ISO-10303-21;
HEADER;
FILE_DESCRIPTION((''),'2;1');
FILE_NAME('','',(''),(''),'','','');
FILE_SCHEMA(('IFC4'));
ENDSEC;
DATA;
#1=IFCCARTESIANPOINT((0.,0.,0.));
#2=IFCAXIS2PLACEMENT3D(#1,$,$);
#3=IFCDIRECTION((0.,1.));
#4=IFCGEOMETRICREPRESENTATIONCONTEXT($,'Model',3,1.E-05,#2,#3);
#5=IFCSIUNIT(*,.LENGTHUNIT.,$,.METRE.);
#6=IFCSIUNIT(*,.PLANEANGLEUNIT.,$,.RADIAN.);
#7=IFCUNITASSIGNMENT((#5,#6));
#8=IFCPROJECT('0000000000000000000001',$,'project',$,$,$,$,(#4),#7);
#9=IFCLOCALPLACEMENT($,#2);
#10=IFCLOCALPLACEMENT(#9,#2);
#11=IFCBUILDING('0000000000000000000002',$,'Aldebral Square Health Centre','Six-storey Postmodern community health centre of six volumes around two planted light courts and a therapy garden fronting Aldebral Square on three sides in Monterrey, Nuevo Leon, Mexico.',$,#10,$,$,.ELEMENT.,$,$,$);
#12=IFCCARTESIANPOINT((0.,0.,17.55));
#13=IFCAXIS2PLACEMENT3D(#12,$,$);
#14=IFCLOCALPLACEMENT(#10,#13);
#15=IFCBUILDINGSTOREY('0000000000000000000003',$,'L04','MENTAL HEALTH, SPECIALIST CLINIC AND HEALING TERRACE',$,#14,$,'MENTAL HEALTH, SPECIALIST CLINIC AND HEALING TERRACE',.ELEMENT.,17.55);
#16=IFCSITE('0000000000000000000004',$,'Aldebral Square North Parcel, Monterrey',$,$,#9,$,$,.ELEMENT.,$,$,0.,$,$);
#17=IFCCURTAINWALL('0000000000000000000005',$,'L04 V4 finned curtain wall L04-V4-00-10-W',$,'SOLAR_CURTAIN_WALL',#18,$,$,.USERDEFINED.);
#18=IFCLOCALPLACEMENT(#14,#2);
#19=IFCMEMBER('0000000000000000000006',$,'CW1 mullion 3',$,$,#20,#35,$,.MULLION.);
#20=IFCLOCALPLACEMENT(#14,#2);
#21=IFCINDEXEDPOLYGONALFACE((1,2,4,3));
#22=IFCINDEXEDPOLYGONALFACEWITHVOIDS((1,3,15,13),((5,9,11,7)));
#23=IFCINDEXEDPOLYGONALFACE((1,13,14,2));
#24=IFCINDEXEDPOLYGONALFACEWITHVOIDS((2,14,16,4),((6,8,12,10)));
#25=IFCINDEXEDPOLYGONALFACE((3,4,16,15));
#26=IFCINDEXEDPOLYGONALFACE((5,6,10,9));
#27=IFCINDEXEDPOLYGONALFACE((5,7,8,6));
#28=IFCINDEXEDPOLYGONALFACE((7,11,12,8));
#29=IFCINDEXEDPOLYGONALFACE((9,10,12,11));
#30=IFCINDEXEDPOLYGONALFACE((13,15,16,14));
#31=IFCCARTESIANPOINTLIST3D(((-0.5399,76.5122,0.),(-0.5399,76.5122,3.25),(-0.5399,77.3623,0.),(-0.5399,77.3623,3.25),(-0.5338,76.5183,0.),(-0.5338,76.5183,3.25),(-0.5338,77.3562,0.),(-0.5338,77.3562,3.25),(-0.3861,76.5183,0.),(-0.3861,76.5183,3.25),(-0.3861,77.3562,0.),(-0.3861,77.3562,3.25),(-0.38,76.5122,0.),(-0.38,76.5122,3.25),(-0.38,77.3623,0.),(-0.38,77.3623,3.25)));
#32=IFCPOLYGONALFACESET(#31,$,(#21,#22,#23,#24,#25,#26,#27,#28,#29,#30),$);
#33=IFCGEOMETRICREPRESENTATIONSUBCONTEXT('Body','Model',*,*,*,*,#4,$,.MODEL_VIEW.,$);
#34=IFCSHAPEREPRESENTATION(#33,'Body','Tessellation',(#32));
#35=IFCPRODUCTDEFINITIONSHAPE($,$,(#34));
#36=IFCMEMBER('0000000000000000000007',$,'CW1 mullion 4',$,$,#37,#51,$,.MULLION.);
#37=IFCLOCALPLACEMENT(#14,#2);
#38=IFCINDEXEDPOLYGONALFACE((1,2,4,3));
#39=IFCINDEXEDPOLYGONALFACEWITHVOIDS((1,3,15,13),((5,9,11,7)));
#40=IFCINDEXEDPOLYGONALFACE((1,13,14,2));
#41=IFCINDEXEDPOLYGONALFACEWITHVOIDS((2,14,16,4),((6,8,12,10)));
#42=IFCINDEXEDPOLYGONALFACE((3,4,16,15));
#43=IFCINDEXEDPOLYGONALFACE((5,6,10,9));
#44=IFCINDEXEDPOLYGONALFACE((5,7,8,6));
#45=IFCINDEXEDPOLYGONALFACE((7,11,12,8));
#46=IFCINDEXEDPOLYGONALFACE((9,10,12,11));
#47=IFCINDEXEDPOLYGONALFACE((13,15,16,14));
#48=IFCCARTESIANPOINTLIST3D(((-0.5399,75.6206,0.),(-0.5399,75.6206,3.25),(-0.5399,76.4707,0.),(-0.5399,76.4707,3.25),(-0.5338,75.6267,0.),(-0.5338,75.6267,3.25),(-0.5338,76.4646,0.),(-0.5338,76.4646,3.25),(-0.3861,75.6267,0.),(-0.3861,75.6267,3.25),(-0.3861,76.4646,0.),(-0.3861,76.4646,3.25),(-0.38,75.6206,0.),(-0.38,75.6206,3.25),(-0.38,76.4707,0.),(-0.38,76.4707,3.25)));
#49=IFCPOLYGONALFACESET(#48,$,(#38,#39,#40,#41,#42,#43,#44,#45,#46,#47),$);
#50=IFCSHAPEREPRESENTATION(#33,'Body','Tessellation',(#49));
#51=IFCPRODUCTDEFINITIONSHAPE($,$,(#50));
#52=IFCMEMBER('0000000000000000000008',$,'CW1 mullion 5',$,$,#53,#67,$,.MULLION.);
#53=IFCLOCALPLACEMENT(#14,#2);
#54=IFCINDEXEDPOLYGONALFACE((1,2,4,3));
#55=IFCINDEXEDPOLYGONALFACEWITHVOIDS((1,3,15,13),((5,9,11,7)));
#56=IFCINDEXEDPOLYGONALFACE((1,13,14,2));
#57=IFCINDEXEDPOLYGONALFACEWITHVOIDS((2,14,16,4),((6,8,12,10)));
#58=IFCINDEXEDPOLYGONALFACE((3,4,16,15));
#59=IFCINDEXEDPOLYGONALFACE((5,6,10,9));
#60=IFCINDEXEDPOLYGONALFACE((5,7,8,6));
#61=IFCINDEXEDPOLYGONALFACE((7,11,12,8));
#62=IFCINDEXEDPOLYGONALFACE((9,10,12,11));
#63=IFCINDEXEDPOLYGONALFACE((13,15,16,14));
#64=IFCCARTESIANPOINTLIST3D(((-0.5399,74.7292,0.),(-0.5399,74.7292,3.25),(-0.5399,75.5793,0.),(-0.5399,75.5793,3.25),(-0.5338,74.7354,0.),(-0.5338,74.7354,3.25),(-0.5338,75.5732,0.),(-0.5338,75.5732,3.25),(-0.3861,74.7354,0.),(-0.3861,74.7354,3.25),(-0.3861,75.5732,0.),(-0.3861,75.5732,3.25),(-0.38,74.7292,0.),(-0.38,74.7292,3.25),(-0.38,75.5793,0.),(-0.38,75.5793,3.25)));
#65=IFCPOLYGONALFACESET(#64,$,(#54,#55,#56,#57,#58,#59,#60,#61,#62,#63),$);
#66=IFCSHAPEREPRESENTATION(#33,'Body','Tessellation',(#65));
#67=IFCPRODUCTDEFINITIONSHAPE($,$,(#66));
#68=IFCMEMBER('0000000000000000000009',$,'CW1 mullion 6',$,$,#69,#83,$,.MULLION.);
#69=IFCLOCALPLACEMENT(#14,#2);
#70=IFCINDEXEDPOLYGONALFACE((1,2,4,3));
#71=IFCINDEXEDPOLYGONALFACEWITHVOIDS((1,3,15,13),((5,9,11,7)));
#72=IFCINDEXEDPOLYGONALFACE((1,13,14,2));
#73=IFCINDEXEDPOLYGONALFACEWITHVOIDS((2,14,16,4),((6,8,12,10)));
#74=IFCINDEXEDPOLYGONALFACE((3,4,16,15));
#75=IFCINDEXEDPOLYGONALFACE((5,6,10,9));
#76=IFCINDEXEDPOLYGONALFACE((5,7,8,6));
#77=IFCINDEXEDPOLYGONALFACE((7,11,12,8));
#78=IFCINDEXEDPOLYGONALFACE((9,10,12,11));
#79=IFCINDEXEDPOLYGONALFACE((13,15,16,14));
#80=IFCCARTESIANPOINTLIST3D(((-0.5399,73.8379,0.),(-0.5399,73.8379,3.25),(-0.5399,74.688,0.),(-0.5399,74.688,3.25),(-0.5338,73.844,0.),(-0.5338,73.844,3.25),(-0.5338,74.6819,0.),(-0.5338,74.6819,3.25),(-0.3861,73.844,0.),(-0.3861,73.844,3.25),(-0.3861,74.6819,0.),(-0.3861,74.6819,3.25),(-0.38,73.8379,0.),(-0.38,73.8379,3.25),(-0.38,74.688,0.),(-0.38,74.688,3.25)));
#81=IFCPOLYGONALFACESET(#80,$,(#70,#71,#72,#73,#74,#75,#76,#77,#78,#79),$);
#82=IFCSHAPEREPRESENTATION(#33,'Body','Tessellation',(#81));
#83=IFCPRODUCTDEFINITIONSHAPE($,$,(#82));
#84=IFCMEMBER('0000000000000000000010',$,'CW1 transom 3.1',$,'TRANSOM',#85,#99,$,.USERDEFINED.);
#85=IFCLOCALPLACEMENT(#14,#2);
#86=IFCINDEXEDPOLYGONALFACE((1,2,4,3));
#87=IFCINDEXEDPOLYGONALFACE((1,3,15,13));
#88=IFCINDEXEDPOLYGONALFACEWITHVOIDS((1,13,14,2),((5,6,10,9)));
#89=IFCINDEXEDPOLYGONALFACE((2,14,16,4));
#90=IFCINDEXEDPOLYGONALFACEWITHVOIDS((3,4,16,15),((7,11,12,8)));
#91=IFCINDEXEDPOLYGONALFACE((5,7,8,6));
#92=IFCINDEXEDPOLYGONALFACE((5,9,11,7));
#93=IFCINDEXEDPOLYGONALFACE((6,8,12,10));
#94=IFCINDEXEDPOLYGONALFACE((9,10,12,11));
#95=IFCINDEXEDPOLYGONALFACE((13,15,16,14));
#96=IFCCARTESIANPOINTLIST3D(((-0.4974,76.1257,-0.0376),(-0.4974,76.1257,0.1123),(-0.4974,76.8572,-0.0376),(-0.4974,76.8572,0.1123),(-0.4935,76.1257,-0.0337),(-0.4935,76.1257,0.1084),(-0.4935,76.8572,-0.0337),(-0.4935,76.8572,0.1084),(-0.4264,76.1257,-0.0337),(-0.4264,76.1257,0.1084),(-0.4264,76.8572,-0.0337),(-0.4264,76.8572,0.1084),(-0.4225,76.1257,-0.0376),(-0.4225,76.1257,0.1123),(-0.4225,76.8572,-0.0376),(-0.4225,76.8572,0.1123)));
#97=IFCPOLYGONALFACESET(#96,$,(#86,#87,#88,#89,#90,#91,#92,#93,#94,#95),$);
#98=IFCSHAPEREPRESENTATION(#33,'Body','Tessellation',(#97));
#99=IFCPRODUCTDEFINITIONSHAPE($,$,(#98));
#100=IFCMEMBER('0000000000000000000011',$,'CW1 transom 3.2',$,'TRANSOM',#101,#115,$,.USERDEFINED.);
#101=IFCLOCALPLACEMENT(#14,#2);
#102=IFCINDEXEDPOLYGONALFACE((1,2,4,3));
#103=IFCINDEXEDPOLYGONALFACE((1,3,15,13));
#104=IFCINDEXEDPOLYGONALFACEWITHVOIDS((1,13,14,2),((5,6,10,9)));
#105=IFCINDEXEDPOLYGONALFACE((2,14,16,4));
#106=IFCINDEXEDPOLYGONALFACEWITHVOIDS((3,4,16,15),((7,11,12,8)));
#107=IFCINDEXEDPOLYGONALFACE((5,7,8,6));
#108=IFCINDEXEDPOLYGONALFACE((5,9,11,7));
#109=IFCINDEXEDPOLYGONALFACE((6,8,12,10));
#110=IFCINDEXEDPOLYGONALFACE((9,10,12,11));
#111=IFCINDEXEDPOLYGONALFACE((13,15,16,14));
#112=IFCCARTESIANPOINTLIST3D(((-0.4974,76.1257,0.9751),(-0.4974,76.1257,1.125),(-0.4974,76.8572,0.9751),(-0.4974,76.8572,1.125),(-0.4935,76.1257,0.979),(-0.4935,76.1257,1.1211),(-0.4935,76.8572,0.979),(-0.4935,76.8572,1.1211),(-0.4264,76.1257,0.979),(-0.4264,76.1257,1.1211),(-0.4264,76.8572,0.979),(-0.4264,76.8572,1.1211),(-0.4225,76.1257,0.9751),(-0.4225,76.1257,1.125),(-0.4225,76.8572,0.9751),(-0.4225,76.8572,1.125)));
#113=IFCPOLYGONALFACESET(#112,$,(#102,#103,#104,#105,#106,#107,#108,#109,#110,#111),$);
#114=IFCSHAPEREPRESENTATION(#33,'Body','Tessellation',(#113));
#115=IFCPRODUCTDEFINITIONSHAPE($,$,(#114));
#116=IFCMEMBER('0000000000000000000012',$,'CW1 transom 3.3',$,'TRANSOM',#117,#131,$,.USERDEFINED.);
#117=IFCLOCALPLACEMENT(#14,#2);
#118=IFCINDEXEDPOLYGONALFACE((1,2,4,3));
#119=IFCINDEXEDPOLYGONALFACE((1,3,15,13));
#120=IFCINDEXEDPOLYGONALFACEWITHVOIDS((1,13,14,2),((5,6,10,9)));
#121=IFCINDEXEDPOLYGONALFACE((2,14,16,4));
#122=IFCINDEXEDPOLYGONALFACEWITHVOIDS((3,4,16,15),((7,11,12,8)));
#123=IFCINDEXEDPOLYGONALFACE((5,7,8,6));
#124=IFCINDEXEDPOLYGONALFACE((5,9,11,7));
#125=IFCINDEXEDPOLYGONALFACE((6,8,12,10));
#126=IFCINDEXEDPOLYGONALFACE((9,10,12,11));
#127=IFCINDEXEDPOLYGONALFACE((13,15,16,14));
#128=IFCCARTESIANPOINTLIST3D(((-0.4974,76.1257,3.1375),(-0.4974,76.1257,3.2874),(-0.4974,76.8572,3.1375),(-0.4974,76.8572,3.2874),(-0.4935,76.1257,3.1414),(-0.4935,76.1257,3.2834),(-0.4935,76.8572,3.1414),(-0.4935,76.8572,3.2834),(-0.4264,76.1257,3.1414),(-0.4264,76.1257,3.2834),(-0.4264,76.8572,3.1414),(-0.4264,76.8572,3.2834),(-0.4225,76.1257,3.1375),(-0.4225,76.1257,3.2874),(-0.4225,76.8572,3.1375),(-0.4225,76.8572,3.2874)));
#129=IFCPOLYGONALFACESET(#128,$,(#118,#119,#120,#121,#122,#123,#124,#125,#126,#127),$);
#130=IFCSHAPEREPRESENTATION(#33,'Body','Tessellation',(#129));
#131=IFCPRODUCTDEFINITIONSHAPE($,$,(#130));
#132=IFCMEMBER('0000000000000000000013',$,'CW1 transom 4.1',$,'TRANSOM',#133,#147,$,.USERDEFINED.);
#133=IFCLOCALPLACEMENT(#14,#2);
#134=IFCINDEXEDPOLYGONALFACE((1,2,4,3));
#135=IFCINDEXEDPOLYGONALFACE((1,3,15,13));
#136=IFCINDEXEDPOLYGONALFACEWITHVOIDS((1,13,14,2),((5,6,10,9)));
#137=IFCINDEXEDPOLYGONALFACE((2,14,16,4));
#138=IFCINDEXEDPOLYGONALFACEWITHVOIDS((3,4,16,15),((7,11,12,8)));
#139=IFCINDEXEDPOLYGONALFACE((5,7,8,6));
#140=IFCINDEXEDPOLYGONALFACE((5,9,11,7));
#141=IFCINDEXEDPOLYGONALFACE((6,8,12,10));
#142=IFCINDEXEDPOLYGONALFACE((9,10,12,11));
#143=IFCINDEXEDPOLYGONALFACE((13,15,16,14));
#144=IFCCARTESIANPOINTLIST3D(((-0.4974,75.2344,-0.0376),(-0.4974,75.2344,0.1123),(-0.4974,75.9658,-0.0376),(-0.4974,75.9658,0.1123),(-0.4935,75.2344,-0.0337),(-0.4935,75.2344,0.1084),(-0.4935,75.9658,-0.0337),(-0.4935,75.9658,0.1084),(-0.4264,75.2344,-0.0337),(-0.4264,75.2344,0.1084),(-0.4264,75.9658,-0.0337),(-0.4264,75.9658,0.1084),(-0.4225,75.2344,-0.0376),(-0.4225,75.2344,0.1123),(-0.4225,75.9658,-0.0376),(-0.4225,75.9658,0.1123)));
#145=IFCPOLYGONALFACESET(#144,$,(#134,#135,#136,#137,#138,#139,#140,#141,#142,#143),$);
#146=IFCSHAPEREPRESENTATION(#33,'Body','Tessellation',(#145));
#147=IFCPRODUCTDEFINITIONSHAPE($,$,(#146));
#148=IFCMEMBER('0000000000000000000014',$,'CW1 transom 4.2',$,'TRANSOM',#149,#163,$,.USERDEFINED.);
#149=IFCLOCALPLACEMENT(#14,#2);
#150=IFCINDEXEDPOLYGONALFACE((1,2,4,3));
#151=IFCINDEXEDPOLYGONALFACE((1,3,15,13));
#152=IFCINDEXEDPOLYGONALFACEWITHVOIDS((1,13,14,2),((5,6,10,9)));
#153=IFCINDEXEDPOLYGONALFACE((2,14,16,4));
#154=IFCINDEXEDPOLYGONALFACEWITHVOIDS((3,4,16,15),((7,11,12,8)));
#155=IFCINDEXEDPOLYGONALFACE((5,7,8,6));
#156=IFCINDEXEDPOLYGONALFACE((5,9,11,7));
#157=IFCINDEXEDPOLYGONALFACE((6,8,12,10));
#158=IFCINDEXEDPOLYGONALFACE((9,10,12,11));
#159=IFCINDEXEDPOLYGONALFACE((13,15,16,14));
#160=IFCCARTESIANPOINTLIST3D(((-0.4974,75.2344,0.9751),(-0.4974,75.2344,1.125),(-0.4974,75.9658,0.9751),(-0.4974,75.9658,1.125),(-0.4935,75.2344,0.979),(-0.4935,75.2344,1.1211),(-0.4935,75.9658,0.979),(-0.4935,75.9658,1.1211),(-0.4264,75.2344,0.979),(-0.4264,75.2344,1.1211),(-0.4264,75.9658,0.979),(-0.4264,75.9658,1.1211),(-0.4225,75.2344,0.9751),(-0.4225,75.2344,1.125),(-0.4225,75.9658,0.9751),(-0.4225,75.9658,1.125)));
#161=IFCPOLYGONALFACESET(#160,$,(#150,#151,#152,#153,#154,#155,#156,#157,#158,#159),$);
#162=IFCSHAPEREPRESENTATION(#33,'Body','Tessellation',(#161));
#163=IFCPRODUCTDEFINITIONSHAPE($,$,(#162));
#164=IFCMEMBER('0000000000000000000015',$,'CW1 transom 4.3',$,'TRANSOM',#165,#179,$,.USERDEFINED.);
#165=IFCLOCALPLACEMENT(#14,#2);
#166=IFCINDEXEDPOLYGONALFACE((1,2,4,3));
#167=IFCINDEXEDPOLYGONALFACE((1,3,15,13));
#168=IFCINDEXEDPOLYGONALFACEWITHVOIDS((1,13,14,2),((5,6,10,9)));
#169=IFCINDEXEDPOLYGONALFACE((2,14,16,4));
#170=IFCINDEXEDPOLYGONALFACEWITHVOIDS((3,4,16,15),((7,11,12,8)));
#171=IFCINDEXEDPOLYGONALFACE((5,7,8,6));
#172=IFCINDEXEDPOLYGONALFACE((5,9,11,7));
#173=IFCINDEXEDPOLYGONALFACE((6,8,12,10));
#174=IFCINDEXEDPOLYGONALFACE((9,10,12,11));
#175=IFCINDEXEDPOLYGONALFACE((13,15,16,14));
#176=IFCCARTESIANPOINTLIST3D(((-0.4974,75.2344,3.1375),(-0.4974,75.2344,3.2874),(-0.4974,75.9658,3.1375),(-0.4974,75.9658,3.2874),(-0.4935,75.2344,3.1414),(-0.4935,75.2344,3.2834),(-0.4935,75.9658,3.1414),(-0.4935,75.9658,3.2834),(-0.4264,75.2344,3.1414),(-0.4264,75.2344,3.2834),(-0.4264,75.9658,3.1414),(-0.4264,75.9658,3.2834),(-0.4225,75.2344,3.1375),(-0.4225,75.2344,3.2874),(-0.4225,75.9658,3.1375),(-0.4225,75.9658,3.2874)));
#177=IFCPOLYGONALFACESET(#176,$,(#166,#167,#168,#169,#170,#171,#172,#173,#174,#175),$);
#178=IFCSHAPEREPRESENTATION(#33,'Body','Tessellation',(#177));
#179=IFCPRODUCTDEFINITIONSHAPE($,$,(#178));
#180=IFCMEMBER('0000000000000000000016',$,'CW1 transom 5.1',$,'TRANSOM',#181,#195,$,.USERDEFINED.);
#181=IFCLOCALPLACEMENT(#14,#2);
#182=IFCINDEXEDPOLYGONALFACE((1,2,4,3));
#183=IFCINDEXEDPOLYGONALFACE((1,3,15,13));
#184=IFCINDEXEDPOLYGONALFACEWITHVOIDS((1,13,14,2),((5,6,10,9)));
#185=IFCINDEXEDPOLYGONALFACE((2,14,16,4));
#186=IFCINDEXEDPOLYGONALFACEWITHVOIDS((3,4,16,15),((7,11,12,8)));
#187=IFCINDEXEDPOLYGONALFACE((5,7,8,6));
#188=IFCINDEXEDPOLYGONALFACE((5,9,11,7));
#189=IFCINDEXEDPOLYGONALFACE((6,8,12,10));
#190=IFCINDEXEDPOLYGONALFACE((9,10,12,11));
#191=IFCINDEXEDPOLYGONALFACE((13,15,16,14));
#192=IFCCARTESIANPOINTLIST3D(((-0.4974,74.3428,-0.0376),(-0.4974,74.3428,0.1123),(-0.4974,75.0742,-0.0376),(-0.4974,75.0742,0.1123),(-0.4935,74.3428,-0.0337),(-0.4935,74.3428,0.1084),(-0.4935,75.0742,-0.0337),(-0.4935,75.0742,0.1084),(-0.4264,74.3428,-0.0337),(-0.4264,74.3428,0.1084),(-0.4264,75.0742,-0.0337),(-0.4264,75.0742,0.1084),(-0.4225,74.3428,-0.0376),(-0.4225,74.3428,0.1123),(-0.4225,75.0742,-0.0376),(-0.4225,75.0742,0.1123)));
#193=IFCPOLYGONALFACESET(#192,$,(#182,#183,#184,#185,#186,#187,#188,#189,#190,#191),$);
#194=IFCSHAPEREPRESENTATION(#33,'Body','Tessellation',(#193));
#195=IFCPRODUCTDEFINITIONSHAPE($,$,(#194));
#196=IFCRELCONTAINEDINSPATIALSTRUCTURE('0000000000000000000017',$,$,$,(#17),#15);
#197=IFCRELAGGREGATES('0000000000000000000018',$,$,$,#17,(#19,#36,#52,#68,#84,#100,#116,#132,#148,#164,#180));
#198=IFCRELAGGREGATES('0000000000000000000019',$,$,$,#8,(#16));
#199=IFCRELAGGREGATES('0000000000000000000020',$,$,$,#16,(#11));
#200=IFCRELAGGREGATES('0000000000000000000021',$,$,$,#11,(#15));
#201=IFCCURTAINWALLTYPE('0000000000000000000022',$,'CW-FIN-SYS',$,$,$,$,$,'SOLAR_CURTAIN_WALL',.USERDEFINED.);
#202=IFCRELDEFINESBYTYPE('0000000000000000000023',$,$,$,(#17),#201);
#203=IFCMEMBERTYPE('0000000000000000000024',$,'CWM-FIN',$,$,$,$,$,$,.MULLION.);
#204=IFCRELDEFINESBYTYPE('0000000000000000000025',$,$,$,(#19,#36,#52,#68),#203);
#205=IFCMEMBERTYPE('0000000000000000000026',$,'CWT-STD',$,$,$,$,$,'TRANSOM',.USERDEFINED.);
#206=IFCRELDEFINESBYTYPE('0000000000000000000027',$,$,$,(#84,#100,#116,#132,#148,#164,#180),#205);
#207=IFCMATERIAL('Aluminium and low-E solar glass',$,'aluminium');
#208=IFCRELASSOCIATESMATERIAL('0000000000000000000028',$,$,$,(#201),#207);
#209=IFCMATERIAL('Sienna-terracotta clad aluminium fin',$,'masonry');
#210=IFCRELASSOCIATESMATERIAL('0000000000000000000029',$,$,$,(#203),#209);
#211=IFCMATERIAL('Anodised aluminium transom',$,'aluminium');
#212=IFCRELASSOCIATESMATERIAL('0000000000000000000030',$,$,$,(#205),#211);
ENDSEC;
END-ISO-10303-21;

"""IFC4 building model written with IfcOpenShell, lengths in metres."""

from ifc_helpers import new_model, si_unit, direction, frame, origin, origin_2d, place, context, subcontext, project, spatial, hollow_rectangle, extrude, material, material_profile, profile_set, type_object, element, aggregate, save


model = new_model("IFC4")

# Units and contexts
model_context = context("Model", 3, precision=1e-05, world=origin(), true_north=direction((0.0, 1.0)))
body_context = subcontext(model_context, "Body", "Model", "MODEL_VIEW")
ifc_project = project(units=[si_unit("LENGTHUNIT", "METRE"), si_unit("PLANEANGLEUNIT", "RADIAN")], contexts=[model_context])

# Site, building, storey
site_placement = place(None, origin())
site = spatial("IfcSite", under=ifc_project, at=site_placement, Name="Aldebral Square North Parcel, Monterrey", CompositionType="ELEMENT", RefElevation=0.0)
building_placement = place(site_placement, origin())
building = spatial("IfcBuilding", under=site, at=building_placement, Name="Aldebral Square Health Centre", Description="Six-storey Postmodern community health centre of six volumes around two planted light courts and a therapy garden fronting Aldebral Square on three sides in Monterrey, Nuevo Leon, Mexico.", CompositionType="ELEMENT")
storey_placement = place(building_placement, frame((0.0, 0.0, 17.55)))
storey = spatial("IfcBuildingStorey", under=building, at=storey_placement, Name="L04", Description="MENTAL HEALTH, SPECIALIST CLINIC AND HEALING TERRACE", LongName="MENTAL HEALTH, SPECIALIST CLINIC AND HEALING TERRACE", CompositionType="ELEMENT", Elevation=17.55)

# Curtain wall, members
ifc_material_1 = material(Name="Aluminium and low-E solar glass", Category="aluminium")
curtain_wall_type = type_object("IfcCurtainWallType", Name="CW-FIN-SYS", ElementType="SOLAR_CURTAIN_WALL", PredefinedType="USERDEFINED", material=ifc_material_1)
curtain_wall_placement = place(storey_placement, origin())
curtain_wall = element("IfcCurtainWall", 1, at=curtain_wall_placement, inside=storey, type_object=curtain_wall_type, Name="L04 V4 finned curtain wall L04-V4-00-10-W", ObjectType="SOLAR_CURTAIN_WALL", PredefinedType="USERDEFINED")
ifc_material_2 = material(Name="Sienna-terracotta clad aluminium fin", Category="masonry")
ifc_material_profile_1 = material_profile(ifc_material_2, hollow_rectangle(XDim=0.1599, YDim=0.8501, WallThickness=0.0061, at=origin_2d()), Name="FIN 160x850x6")
ifc_profile_set_1 = profile_set([ifc_material_profile_1], Name="Sienna-terracotta clad aluminium fin")
member_type_1 = type_object("IfcMemberType", Name="CWM-FIN", PredefinedType="MULLION", material=ifc_profile_set_1)
member_1_placement = place(storey_placement, frame((-0.46, 76.9373, 0.0), z_axis=(0.0, 0.0, 1.0), x_axis=(1.0, 0.0, 0.0)))
member_1 = element("IfcMember", 2, at=member_1_placement, type_object=member_type_1, Name="CW1 mullion 3", PredefinedType="MULLION", context=body_context, shape_type="SweptSolid", body=[
    extrude(hollow_rectangle(XDim=0.1599, YDim=0.8501, WallThickness=0.0061, at=origin_2d()), origin(), (0.0, 0.0, 1.0), 3.25),
])
member_2_placement = place(storey_placement, frame((-0.46, 76.0457, 0.0), z_axis=(0.0, 0.0, 1.0), x_axis=(1.0, 0.0, 0.0)))
member_2 = element("IfcMember", 3, at=member_2_placement, type_object=member_type_1, Name="CW1 mullion 4", PredefinedType="MULLION", context=body_context, shape_type="SweptSolid", body=[
    extrude(hollow_rectangle(XDim=0.1599, YDim=0.8501, WallThickness=0.0061, at=origin_2d()), origin(), (0.0, 0.0, 1.0), 3.25),
])
member_3_placement = place(storey_placement, frame((-0.46, 75.1543, 0.0), z_axis=(0.0, 0.0, 1.0), x_axis=(1.0, 0.0, 0.0)))
member_3 = element("IfcMember", 4, at=member_3_placement, type_object=member_type_1, Name="CW1 mullion 5", PredefinedType="MULLION", context=body_context, shape_type="SweptSolid", body=[
    extrude(hollow_rectangle(XDim=0.1599, YDim=0.8501, WallThickness=0.0061, at=origin_2d()), origin(), (0.0, 0.0, 1.0), 3.25),
])
member_4_placement = place(storey_placement, frame((-0.46, 74.2629, 0.0), z_axis=(0.0, 0.0, 1.0), x_axis=(1.0, 0.0, 0.0)))
member_4 = element("IfcMember", 5, at=member_4_placement, type_object=member_type_1, Name="CW1 mullion 6", PredefinedType="MULLION", context=body_context, shape_type="SweptSolid", body=[
    extrude(hollow_rectangle(XDim=0.1599, YDim=0.8501, WallThickness=0.0061, at=origin_2d()), origin(), (0.0, 0.0, 1.0), 3.25),
])
ifc_material_3 = material(Name="Anodised aluminium transom", Category="aluminium")
ifc_material_profile_2 = material_profile(ifc_material_3, hollow_rectangle(XDim=0.075, YDim=0.1499, WallThickness=0.0039, at=origin_2d()), Name="CWT 75x150x4")
ifc_profile_set_2 = profile_set([ifc_material_profile_2], Name="Anodised aluminium transom")
member_type_2 = type_object("IfcMemberType", Name="CWT-STD", ElementType="TRANSOM", PredefinedType="USERDEFINED", material=ifc_profile_set_2)
member_5_placement = place(storey_placement, frame((-0.46, 76.8572, 0.0374), z_axis=(0.0, -1.0, 0.0), x_axis=(1.0, 0.0, 0.0)))
member_5 = element("IfcMember", 6, at=member_5_placement, type_object=member_type_2, Name="CW1 transom 3.1", ObjectType="TRANSOM", PredefinedType="USERDEFINED", context=body_context, shape_type="SweptSolid", body=[
    extrude(hollow_rectangle(XDim=0.075, YDim=0.1499, WallThickness=0.0039, at=origin_2d()), origin(), (0.0, 0.0, 1.0), 0.7314),
])
member_6_placement = place(storey_placement, frame((-0.46, 76.8572, 1.05), z_axis=(0.0, -1.0, 0.0), x_axis=(1.0, 0.0, 0.0)))
member_6 = element("IfcMember", 7, at=member_6_placement, type_object=member_type_2, Name="CW1 transom 3.2", ObjectType="TRANSOM", PredefinedType="USERDEFINED", context=body_context, shape_type="SweptSolid", body=[
    extrude(hollow_rectangle(XDim=0.075, YDim=0.1499, WallThickness=0.0039, at=origin_2d()), origin(), (0.0, 0.0, 1.0), 0.7314),
])
member_7_placement = place(storey_placement, frame((-0.46, 76.8572, 3.2124), z_axis=(0.0, -1.0, 0.0), x_axis=(1.0, 0.0, 0.0)))
member_7 = element("IfcMember", 8, at=member_7_placement, type_object=member_type_2, Name="CW1 transom 3.3", ObjectType="TRANSOM", PredefinedType="USERDEFINED", context=body_context, shape_type="SweptSolid", body=[
    extrude(hollow_rectangle(XDim=0.075, YDim=0.1499, WallThickness=0.0039, at=origin_2d()), origin(), (0.0, 0.0, 1.0), 0.7314),
])
member_8_placement = place(storey_placement, frame((-0.46, 75.9658, 0.0374), z_axis=(0.0, -1.0, 0.0), x_axis=(1.0, 0.0, 0.0)))
member_8 = element("IfcMember", 9, at=member_8_placement, type_object=member_type_2, Name="CW1 transom 4.1", ObjectType="TRANSOM", PredefinedType="USERDEFINED", context=body_context, shape_type="SweptSolid", body=[
    extrude(hollow_rectangle(XDim=0.075, YDim=0.1499, WallThickness=0.0039, at=origin_2d()), origin(), (0.0, 0.0, 1.0), 0.7314),
])
member_9_placement = place(storey_placement, frame((-0.46, 75.9658, 1.05), z_axis=(0.0, -1.0, 0.0), x_axis=(1.0, 0.0, 0.0)))
member_9 = element("IfcMember", 10, at=member_9_placement, type_object=member_type_2, Name="CW1 transom 4.2", ObjectType="TRANSOM", PredefinedType="USERDEFINED", context=body_context, shape_type="SweptSolid", body=[
    extrude(hollow_rectangle(XDim=0.075, YDim=0.1499, WallThickness=0.0039, at=origin_2d()), origin(), (0.0, 0.0, 1.0), 0.7314),
])
member_10_placement = place(storey_placement, frame((-0.46, 75.9658, 3.2124), z_axis=(0.0, -1.0, 0.0), x_axis=(1.0, 0.0, 0.0)))
member_10 = element("IfcMember", 11, at=member_10_placement, type_object=member_type_2, Name="CW1 transom 4.3", ObjectType="TRANSOM", PredefinedType="USERDEFINED", context=body_context, shape_type="SweptSolid", body=[
    extrude(hollow_rectangle(XDim=0.075, YDim=0.1499, WallThickness=0.0039, at=origin_2d()), origin(), (0.0, 0.0, 1.0), 0.7314),
])
member_11_placement = place(storey_placement, frame((-0.46, 75.0742, 0.0374), z_axis=(0.0, -1.0, 0.0), x_axis=(1.0, 0.0, 0.0)))
member_11 = element("IfcMember", 12, at=member_11_placement, type_object=member_type_2, Name="CW1 transom 5.1", ObjectType="TRANSOM", PredefinedType="USERDEFINED", context=body_context, shape_type="SweptSolid", body=[
    extrude(hollow_rectangle(XDim=0.075, YDim=0.1499, WallThickness=0.0039, at=origin_2d()), origin(), (0.0, 0.0, 1.0), 0.7314),
])
aggregate(curtain_wall, [member_1, member_2, member_3, member_4, member_5, member_6, member_7, member_8, member_9, member_10, member_11])

save(model, "model.ifc")
